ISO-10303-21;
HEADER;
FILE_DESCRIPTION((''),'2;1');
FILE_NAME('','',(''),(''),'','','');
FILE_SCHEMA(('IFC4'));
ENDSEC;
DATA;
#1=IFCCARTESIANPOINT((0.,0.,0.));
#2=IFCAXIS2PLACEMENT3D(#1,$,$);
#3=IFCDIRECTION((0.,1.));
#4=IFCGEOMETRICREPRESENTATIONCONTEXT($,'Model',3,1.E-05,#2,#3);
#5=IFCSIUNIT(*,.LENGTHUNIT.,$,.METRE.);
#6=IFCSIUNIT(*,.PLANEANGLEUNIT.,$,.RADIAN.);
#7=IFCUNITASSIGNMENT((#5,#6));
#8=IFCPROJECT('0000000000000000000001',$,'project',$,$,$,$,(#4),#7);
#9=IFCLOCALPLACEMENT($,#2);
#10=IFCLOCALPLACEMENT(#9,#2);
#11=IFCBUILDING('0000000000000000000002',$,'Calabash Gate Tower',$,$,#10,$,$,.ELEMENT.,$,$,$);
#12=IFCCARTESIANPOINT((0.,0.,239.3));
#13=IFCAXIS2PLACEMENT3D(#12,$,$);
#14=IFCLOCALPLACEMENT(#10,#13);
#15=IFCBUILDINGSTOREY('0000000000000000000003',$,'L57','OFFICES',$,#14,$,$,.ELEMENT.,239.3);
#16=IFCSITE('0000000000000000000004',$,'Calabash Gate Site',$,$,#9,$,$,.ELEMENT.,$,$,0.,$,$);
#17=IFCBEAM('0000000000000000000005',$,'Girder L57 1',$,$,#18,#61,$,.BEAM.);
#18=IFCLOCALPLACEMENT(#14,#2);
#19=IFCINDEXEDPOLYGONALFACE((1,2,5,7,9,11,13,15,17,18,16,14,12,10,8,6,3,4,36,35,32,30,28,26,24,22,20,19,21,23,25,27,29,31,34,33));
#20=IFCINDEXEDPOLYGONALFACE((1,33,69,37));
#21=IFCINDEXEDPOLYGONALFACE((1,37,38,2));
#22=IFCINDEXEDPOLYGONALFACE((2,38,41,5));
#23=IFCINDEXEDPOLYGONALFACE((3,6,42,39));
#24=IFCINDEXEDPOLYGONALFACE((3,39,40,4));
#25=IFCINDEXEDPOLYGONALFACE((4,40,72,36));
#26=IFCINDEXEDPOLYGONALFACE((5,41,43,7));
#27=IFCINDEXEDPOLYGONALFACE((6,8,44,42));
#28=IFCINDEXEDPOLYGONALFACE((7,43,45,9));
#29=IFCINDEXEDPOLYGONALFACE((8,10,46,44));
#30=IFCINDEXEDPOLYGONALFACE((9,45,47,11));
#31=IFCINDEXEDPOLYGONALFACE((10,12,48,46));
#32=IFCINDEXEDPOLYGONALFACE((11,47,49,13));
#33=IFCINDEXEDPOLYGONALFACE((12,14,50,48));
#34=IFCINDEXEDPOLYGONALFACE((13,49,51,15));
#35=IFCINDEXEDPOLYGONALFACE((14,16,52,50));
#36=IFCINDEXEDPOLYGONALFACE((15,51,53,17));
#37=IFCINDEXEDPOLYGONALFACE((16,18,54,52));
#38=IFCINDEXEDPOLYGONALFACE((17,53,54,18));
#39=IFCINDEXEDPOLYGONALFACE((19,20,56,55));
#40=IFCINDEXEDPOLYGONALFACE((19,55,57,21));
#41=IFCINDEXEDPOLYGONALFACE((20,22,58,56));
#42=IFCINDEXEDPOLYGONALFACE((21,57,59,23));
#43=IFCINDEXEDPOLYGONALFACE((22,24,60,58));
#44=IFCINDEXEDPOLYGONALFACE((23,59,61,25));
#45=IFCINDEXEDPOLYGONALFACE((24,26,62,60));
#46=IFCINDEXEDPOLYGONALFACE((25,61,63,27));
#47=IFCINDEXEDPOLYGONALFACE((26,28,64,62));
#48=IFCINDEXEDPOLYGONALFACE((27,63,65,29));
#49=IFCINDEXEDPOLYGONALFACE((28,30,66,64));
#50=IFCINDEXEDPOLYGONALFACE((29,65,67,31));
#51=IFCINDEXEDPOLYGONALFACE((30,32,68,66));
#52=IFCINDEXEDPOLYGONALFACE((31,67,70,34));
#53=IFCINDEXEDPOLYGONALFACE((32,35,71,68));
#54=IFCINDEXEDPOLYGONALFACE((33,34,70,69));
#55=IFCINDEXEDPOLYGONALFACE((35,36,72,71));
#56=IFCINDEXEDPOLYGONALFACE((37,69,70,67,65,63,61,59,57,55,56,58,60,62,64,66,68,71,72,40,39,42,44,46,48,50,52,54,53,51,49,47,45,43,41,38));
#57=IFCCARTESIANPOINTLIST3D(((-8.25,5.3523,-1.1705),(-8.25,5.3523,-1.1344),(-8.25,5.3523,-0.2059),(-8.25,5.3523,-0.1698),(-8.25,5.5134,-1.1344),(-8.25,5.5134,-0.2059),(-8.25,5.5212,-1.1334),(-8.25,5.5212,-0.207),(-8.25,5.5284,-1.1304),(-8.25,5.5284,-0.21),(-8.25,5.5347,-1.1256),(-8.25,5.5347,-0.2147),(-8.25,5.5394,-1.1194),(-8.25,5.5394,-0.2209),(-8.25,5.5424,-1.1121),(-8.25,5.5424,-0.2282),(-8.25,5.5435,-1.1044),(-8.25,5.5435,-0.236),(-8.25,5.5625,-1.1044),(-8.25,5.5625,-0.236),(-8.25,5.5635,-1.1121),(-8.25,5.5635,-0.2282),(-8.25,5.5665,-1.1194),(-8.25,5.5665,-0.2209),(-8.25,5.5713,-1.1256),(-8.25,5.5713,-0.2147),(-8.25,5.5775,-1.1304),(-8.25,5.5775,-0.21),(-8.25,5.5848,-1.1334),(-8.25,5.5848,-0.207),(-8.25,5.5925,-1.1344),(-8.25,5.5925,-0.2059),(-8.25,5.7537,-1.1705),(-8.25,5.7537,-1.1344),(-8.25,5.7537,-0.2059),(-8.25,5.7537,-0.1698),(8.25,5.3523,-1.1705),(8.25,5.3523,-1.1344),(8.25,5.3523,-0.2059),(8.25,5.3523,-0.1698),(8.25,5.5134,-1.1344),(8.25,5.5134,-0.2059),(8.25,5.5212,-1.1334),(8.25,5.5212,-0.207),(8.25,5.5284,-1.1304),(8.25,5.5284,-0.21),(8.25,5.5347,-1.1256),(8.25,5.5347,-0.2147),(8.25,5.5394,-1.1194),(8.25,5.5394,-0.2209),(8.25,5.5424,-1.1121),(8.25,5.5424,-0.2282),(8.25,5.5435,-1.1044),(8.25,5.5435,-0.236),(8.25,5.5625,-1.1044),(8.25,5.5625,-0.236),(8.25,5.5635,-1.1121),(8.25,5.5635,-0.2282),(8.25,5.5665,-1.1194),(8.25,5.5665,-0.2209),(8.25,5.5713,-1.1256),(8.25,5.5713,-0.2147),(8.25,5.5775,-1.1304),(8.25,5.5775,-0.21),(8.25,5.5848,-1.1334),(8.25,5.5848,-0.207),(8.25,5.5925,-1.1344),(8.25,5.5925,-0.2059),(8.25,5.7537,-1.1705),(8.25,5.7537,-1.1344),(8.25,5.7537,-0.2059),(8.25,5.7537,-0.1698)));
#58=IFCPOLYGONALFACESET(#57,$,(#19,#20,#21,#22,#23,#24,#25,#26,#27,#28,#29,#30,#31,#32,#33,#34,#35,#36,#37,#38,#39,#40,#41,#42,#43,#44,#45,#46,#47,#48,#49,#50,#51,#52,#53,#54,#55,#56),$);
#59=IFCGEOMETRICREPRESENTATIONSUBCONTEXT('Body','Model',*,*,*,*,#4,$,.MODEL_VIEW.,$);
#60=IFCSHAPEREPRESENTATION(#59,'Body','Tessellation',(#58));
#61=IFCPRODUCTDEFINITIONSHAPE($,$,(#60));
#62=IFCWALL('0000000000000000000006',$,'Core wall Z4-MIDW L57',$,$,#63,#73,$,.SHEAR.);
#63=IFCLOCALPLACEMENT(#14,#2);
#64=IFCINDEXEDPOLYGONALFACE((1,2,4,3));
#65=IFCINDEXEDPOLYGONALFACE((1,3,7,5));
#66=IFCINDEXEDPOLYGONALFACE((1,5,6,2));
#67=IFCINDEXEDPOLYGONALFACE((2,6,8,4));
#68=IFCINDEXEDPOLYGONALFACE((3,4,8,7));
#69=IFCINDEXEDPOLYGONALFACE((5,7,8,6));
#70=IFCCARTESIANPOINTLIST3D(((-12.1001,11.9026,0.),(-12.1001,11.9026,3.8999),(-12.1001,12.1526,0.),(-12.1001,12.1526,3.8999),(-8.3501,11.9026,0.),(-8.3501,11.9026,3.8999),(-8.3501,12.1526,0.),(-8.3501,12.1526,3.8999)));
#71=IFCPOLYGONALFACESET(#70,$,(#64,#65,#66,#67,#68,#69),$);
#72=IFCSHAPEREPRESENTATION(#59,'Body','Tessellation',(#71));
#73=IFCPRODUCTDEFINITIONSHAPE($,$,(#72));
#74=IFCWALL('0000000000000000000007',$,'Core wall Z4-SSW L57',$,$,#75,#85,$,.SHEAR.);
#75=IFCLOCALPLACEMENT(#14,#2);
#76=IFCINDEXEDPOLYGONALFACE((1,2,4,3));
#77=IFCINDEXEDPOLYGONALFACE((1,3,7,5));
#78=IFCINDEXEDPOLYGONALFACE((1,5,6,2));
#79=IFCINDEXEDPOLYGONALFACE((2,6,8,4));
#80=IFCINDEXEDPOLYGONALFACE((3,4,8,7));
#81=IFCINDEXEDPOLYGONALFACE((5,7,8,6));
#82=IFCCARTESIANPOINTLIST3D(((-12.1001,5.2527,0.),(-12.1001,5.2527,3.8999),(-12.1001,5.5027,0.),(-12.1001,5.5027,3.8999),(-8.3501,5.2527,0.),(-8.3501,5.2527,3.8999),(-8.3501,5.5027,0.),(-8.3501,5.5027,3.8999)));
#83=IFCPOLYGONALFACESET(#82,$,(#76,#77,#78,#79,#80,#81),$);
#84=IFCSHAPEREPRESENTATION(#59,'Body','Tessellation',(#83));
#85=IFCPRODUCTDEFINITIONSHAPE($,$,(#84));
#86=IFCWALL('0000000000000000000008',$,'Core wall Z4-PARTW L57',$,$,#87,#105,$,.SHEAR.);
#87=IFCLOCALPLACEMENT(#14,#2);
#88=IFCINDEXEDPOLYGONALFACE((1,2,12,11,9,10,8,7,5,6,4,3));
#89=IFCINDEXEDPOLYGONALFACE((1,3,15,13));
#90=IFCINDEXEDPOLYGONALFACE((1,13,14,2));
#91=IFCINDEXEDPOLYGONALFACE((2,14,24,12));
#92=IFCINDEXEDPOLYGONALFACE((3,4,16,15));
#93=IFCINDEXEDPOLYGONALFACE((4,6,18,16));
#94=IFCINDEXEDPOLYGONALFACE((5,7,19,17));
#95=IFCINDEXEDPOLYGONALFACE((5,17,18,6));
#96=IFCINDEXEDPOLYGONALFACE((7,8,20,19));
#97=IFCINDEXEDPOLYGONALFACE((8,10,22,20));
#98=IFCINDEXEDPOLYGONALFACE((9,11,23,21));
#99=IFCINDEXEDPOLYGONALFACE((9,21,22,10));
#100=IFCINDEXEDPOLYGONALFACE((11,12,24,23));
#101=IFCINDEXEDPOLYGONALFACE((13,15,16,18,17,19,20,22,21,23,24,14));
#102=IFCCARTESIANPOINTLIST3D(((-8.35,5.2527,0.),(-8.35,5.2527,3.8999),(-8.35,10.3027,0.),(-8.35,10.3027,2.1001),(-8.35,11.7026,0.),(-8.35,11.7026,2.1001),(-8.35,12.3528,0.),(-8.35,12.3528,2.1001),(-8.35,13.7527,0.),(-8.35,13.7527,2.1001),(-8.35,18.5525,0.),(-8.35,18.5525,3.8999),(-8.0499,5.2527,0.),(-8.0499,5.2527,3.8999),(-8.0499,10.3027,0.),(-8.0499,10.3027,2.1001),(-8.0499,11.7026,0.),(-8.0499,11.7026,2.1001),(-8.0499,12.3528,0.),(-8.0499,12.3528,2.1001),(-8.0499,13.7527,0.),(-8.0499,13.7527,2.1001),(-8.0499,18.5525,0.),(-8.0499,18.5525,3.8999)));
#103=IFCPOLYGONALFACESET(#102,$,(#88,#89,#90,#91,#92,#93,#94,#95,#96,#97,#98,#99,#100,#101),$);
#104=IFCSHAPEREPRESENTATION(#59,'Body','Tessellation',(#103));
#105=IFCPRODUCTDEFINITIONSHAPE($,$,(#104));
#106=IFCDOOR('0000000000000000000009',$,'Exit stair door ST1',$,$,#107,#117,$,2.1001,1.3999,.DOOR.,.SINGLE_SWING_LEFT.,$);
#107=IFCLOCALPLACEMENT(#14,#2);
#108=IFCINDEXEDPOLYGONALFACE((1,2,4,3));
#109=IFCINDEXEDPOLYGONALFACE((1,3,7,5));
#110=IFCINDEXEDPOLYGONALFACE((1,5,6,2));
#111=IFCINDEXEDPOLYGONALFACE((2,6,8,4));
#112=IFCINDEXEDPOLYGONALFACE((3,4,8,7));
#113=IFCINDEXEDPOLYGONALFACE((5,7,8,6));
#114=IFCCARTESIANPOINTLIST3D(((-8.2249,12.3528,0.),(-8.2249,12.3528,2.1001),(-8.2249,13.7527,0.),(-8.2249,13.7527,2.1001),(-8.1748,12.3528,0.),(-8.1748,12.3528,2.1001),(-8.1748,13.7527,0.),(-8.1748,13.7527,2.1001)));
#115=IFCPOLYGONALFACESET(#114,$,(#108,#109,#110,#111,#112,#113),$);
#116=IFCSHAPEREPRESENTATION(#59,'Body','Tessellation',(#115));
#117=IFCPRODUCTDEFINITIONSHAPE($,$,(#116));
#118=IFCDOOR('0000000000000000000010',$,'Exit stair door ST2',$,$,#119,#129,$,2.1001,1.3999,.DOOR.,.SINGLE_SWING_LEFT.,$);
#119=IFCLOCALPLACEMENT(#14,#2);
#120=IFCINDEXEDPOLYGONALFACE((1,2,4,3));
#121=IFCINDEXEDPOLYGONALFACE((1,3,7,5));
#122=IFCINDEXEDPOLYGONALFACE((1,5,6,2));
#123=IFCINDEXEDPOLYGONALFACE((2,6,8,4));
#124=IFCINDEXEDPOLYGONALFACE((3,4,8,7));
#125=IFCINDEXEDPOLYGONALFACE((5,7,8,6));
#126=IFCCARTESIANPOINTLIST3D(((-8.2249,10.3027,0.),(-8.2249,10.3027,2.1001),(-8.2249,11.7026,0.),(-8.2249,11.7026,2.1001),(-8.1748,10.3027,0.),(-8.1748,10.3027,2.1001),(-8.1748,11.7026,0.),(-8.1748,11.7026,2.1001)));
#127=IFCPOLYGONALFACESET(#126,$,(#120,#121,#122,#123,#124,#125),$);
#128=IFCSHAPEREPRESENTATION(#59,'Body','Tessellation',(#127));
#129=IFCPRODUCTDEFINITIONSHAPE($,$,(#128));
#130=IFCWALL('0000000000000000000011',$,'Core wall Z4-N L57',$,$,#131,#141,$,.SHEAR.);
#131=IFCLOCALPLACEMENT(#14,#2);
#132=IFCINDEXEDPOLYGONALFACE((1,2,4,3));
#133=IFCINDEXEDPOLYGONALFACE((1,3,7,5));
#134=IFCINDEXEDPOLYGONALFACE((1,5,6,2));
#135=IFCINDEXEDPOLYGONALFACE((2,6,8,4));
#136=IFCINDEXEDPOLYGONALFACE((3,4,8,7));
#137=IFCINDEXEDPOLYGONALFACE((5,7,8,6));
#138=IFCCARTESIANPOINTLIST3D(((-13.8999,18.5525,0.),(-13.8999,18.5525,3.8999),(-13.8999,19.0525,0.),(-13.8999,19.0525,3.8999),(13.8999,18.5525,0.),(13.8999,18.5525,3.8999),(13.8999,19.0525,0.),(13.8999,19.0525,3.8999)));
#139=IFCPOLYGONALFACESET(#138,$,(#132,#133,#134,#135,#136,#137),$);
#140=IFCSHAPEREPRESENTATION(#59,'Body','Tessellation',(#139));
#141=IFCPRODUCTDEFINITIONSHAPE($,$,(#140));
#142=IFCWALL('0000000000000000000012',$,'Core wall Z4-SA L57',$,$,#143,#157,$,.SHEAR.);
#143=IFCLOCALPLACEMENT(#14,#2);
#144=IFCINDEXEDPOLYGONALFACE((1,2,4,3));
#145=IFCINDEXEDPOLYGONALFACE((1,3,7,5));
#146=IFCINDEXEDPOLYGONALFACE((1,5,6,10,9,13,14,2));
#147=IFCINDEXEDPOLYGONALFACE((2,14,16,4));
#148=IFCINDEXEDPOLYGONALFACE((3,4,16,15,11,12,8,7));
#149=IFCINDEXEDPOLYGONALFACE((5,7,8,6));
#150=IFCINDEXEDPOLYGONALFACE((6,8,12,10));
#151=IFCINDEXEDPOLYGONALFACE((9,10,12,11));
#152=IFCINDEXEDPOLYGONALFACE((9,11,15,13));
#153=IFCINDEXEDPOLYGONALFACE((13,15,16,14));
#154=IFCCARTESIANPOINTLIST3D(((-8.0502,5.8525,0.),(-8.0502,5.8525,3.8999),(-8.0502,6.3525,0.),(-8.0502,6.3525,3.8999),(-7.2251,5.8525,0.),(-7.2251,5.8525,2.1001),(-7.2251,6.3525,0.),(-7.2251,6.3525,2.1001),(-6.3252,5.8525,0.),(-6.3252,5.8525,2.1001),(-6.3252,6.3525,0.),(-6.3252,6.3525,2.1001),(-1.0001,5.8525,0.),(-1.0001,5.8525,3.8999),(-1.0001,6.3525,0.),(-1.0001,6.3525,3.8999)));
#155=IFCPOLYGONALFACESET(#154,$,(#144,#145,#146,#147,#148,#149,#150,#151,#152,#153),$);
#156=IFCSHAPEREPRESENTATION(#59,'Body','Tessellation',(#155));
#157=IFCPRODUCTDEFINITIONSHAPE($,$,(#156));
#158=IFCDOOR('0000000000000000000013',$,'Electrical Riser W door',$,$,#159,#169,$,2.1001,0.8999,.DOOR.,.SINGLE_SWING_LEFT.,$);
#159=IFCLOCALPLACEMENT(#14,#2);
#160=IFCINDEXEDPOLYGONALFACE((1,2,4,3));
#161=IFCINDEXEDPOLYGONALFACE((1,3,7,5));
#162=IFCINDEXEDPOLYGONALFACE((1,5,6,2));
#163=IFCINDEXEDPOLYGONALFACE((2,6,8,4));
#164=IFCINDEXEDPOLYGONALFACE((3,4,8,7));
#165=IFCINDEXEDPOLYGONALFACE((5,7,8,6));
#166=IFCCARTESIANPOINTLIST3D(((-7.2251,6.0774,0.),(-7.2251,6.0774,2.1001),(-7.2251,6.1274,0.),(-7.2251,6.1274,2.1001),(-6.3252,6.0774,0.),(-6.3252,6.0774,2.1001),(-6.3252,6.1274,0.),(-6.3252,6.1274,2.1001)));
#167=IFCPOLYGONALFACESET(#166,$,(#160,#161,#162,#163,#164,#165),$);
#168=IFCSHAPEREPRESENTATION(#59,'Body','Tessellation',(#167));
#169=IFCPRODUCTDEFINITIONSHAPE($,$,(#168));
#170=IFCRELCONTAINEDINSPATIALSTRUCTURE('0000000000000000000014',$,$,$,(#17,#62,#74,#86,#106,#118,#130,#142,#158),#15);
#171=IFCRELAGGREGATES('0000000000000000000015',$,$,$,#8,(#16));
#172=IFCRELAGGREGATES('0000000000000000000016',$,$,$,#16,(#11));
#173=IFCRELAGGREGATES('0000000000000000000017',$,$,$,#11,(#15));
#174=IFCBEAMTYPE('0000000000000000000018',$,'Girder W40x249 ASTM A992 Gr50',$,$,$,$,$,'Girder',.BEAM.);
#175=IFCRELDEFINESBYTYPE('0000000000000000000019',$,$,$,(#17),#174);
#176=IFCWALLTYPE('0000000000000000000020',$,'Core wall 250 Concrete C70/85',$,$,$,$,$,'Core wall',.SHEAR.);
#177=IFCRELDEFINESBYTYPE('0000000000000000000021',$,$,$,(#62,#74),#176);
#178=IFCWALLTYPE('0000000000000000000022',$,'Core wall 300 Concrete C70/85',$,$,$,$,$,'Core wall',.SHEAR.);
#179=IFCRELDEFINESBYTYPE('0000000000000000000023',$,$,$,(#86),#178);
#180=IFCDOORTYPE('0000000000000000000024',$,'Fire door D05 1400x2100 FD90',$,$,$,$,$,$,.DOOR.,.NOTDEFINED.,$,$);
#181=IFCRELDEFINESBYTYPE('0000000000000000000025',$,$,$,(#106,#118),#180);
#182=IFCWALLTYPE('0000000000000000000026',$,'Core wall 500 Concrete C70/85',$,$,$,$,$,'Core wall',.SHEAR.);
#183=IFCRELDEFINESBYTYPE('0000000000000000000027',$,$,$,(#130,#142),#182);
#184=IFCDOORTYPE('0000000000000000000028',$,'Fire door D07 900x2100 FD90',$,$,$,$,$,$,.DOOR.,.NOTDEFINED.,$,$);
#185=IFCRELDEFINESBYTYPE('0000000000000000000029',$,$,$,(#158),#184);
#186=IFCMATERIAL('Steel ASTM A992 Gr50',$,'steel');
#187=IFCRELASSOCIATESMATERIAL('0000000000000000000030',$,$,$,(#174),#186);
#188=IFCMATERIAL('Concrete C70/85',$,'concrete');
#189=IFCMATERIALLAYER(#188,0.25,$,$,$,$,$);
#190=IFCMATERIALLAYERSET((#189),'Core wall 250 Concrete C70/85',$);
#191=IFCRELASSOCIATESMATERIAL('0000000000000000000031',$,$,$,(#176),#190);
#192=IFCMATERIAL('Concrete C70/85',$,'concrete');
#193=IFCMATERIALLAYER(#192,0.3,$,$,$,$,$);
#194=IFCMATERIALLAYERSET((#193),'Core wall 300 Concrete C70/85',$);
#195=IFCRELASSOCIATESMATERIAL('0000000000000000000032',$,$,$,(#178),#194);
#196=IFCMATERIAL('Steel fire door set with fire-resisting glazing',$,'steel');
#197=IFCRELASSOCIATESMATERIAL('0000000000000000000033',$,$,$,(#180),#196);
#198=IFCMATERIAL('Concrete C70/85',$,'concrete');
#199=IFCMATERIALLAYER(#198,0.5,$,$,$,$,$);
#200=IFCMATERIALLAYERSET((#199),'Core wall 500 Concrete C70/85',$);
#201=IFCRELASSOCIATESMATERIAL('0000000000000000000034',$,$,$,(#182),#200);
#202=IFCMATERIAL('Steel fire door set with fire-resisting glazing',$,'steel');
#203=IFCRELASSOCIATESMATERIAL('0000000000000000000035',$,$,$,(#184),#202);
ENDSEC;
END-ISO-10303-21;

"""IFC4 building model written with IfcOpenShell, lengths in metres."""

from ifc_helpers import new_model, si_unit, direction, frame, frame_2d, origin, origin_2d, place, context, subcontext, project, spatial, rectangle, i_section, extrude, material, layer, layer_set, material_profile, profile_set, type_object, element, fill, save


model = new_model("IFC4")

# Units and contexts
model_context = context("Model", 3, precision=1e-05, world=origin(), true_north=direction((0.0, 1.0)))
body_context = subcontext(model_context, "Body", "Model", "MODEL_VIEW")
ifc_project = project(units=[si_unit("LENGTHUNIT", "METRE"), si_unit("PLANEANGLEUNIT", "RADIAN")], contexts=[model_context])

# Site, building, storey
site_placement = place(None, origin())
site = spatial("IfcSite", under=ifc_project, at=site_placement, Name="Calabash Gate Site", CompositionType="ELEMENT", RefElevation=0.0)
building_placement = place(site_placement, origin())
building = spatial("IfcBuilding", under=site, at=building_placement, Name="Calabash Gate Tower", CompositionType="ELEMENT")
storey_placement = place(building_placement, frame((0.0, 0.0, 239.3)))
storey = spatial("IfcBuildingStorey", under=building, at=storey_placement, Name="L57", Description="OFFICES", CompositionType="ELEMENT", Elevation=239.3)

# Beam
ifc_material_1 = material(Name="Steel ASTM A992 Gr50", Category="steel")
ifc_material_profile = material_profile(ifc_material_1, i_section(OverallWidth=0.4014, OverallDepth=1.0007, WebThickness=0.019, FlangeThickness=0.0361, FilletRadius=0.03, at=origin_2d()))
ifc_profile_set = profile_set([ifc_material_profile], Name="Steel ASTM A992 Gr50")
beam_type = type_object("IfcBeamType", Name="Girder W40x249 ASTM A992 Gr50", ElementType="Girder", PredefinedType="BEAM", material=ifc_profile_set)
beam_placement = place(storey_placement, frame((-8.25, 5.553, -0.6702), z_axis=(1.0, 0.0, 0.0), x_axis=(0.0, 1.0, 0.0)))
element("IfcBeam", 1, at=beam_placement, inside=storey, type_object=beam_type, Name="Girder L57 1", PredefinedType="BEAM", context=body_context, shape_type="SweptSolid", body=[
    extrude(i_section(OverallWidth=0.4014, OverallDepth=1.0007, WebThickness=0.019, FlangeThickness=0.0361, FilletRadius=0.03, at=origin_2d()), origin(), (0.0, 0.0, 1.0), 16.5),
])

# Walls
ifc_material_2 = material(Name="Concrete C70/85", Category="concrete")
ifc_layer_1 = layer(ifc_material_2, 0.25)
ifc_layer_set_1 = layer_set([ifc_layer_1], Name="Core wall 250 Concrete C70/85")
wall_type_1 = type_object("IfcWallType", Name="Core wall 250 Concrete C70/85", ElementType="Core wall", PredefinedType="SHEAR", material=ifc_layer_set_1)
for number, where, z_axis, x_axis, name in (
    (2, (-12.1001, 12.0276, 0.0), (0.0, 0.0, 1.0), (1.0, 0.0, 0.0), "Core wall Z4-MIDW L57"),
    (3, (-12.1001, 5.3777, 0.0), (0.0, 0.0, 1.0), (1.0, 0.0, 0.0), "Core wall Z4-SSW L57"),
):
    element("IfcWall", number, at=place(storey_placement, frame(where, z_axis=z_axis, x_axis=x_axis)), inside=storey, type_object=wall_type_1, Name=name, PredefinedType="SHEAR", context=body_context, shape_type="SweptSolid", body=[
        extrude(rectangle(XDim=3.75, YDim=0.25, at=frame_2d((1.875, 0.0))), origin(), (0.0, 0.0, 1.0), 3.8999),
    ])

# Wall, openings, doors
ifc_material_3 = material(Name="Concrete C70/85", Category="concrete")
ifc_layer_2 = layer(ifc_material_3, 0.3)
ifc_layer_set_2 = layer_set([ifc_layer_2], Name="Core wall 300 Concrete C70/85")
wall_type_2 = type_object("IfcWallType", Name="Core wall 300 Concrete C70/85", ElementType="Core wall", PredefinedType="SHEAR", material=ifc_layer_set_2)
wall_1_placement = place(storey_placement, frame((-8.2, 5.2527, 0.0), z_axis=(0.0, 0.0, 1.0), x_axis=(0.0, 1.0, 0.0)))
wall_1 = element("IfcWall", 4, at=wall_1_placement, inside=storey, type_object=wall_type_2, Name="Core wall Z4-PARTW L57", PredefinedType="SHEAR", context=body_context, shape_type="SweptSolid", body=[
    extrude(rectangle(XDim=13.2998, YDim=0.3, at=frame_2d((6.6499, 0.0))), origin(), (0.0, 0.0, 1.0), 3.8999),
])
opening_1_placement = place(wall_1_placement, frame((7.1001, 0.0, 0.0)))
opening_1 = element("IfcOpeningElement", 5, at=opening_1_placement, cuts=wall_1, PredefinedType="OPENING", context=body_context, shape_type="SweptSolid", body=[
    extrude(rectangle(XDim=1.3999, YDim=2.1001, at=frame_2d((0.7, 1.05))), frame((0.0, 0.1599, 0.0), z_axis=(0.0, -1.0, 0.0), x_axis=(1.0, 0.0, 0.0)), (0.0, 0.0, 1.0), 0.3201),
])
opening_2_placement = place(wall_1_placement, frame((5.05, 0.0, 0.0)))
opening_2 = element("IfcOpeningElement", 6, at=opening_2_placement, cuts=wall_1, PredefinedType="OPENING", context=body_context, shape_type="SweptSolid", body=[
    extrude(rectangle(XDim=1.3999, YDim=2.1001, at=frame_2d((0.7, 1.05))), frame((0.0, 0.1599, 0.0), z_axis=(0.0, -1.0, 0.0), x_axis=(1.0, 0.0, 0.0)), (0.0, 0.0, 1.0), 0.3201),
])
ifc_material_4 = material(Name="Steel fire door set with fire-resisting glazing", Category="steel")
door_type_1 = type_object("IfcDoorType", Name="Fire door D05 1400x2100 FD90", OperationType="NOTDEFINED", PredefinedType="DOOR", material=ifc_material_4)
door_1_placement = place(opening_1_placement, origin())
door_1 = element("IfcDoor", 7, at=door_1_placement, inside=storey, type_object=door_type_1, Name="Exit stair door ST1", OperationType="SINGLE_SWING_LEFT", OverallHeight=2.1001, OverallWidth=1.3999, PredefinedType="DOOR", context=body_context, shape_type="SweptSolid", body=[
    extrude(rectangle(XDim=1.3999, YDim=2.1001, at=frame_2d((0.7, 1.05))), frame((0.0, 0.0249, 0.0), z_axis=(0.0, -1.0, 0.0), x_axis=(1.0, 0.0, 0.0)), (0.0, 0.0, 1.0), 0.05),
])
fill(opening_1, door_1)
door_2_placement = place(opening_2_placement, origin())
door_2 = element("IfcDoor", 8, at=door_2_placement, inside=storey, type_object=door_type_1, Name="Exit stair door ST2", OperationType="SINGLE_SWING_LEFT", OverallHeight=2.1001, OverallWidth=1.3999, PredefinedType="DOOR", context=body_context, shape_type="SweptSolid", body=[
    extrude(rectangle(XDim=1.3999, YDim=2.1001, at=frame_2d((0.7, 1.05))), frame((0.0, 0.0249, 0.0), z_axis=(0.0, -1.0, 0.0), x_axis=(1.0, 0.0, 0.0)), (0.0, 0.0, 1.0), 0.05),
])
fill(opening_2, door_2)

# Wall
ifc_material_5 = material(Name="Concrete C70/85", Category="concrete")
ifc_layer_3 = layer(ifc_material_5, 0.5)
ifc_layer_set_3 = layer_set([ifc_layer_3], Name="Core wall 500 Concrete C70/85")
wall_type_3 = type_object("IfcWallType", Name="Core wall 500 Concrete C70/85", ElementType="Core wall", PredefinedType="SHEAR", material=ifc_layer_set_3)
wall_2_placement = place(storey_placement, frame((-13.8999, 18.8025, 0.0), z_axis=(0.0, 0.0, 1.0), x_axis=(1.0, 0.0, 0.0)))
element("IfcWall", 9, at=wall_2_placement, inside=storey, type_object=wall_type_3, Name="Core wall Z4-N L57", PredefinedType="SHEAR", context=body_context, shape_type="SweptSolid", body=[
    extrude(rectangle(XDim=27.7998, YDim=0.5, at=frame_2d((13.8999, 0.0))), origin(), (0.0, 0.0, 1.0), 3.8999),
])

# Wall, opening, door
wall_3_placement = place(storey_placement, frame((-8.05, 6.1025, 0.0), z_axis=(0.0, 0.0, 1.0), x_axis=(1.0, 0.0, 0.0)))
wall_3 = element("IfcWall", 10, at=wall_3_placement, inside=storey, type_object=wall_type_3, Name="Core wall Z4-SA L57", PredefinedType="SHEAR", context=body_context, shape_type="SweptSolid", body=[
    extrude(rectangle(XDim=7.05, YDim=0.5, at=frame_2d((3.5249, 0.0))), origin(), (0.0, 0.0, 1.0), 3.8999),
])
opening_3_placement = place(wall_3_placement, frame((0.825, 0.0, 0.0)))
opening_3 = element("IfcOpeningElement", 11, at=opening_3_placement, cuts=wall_3, PredefinedType="OPENING", context=body_context, shape_type="SweptSolid", body=[
    extrude(rectangle(XDim=0.8999, YDim=2.1001, at=frame_2d((0.45, 1.05))), frame((0.0, 0.26, 0.0), z_axis=(0.0, -1.0, 0.0), x_axis=(1.0, 0.0, 0.0)), (0.0, 0.0, 1.0), 0.52),
])
ifc_material_6 = material(Name="Steel fire door set with fire-resisting glazing", Category="steel")
door_type_2 = type_object("IfcDoorType", Name="Fire door D07 900x2100 FD90", OperationType="NOTDEFINED", PredefinedType="DOOR", material=ifc_material_6)
door_3_placement = place(opening_3_placement, origin())
door_3 = element("IfcDoor", 12, at=door_3_placement, inside=storey, type_object=door_type_2, Name="Electrical Riser W door", OperationType="SINGLE_SWING_LEFT", OverallHeight=2.1001, OverallWidth=0.8999, PredefinedType="DOOR", context=body_context, shape_type="SweptSolid", body=[
    extrude(rectangle(XDim=0.8999, YDim=2.1001, at=frame_2d((0.45, 1.05))), frame((0.0, 0.0249, 0.0), z_axis=(0.0, -1.0, 0.0), x_axis=(1.0, 0.0, 0.0)), (0.0, 0.0, 1.0), 0.05),
])
fill(opening_3, door_3)

save(model, "model.ifc")
